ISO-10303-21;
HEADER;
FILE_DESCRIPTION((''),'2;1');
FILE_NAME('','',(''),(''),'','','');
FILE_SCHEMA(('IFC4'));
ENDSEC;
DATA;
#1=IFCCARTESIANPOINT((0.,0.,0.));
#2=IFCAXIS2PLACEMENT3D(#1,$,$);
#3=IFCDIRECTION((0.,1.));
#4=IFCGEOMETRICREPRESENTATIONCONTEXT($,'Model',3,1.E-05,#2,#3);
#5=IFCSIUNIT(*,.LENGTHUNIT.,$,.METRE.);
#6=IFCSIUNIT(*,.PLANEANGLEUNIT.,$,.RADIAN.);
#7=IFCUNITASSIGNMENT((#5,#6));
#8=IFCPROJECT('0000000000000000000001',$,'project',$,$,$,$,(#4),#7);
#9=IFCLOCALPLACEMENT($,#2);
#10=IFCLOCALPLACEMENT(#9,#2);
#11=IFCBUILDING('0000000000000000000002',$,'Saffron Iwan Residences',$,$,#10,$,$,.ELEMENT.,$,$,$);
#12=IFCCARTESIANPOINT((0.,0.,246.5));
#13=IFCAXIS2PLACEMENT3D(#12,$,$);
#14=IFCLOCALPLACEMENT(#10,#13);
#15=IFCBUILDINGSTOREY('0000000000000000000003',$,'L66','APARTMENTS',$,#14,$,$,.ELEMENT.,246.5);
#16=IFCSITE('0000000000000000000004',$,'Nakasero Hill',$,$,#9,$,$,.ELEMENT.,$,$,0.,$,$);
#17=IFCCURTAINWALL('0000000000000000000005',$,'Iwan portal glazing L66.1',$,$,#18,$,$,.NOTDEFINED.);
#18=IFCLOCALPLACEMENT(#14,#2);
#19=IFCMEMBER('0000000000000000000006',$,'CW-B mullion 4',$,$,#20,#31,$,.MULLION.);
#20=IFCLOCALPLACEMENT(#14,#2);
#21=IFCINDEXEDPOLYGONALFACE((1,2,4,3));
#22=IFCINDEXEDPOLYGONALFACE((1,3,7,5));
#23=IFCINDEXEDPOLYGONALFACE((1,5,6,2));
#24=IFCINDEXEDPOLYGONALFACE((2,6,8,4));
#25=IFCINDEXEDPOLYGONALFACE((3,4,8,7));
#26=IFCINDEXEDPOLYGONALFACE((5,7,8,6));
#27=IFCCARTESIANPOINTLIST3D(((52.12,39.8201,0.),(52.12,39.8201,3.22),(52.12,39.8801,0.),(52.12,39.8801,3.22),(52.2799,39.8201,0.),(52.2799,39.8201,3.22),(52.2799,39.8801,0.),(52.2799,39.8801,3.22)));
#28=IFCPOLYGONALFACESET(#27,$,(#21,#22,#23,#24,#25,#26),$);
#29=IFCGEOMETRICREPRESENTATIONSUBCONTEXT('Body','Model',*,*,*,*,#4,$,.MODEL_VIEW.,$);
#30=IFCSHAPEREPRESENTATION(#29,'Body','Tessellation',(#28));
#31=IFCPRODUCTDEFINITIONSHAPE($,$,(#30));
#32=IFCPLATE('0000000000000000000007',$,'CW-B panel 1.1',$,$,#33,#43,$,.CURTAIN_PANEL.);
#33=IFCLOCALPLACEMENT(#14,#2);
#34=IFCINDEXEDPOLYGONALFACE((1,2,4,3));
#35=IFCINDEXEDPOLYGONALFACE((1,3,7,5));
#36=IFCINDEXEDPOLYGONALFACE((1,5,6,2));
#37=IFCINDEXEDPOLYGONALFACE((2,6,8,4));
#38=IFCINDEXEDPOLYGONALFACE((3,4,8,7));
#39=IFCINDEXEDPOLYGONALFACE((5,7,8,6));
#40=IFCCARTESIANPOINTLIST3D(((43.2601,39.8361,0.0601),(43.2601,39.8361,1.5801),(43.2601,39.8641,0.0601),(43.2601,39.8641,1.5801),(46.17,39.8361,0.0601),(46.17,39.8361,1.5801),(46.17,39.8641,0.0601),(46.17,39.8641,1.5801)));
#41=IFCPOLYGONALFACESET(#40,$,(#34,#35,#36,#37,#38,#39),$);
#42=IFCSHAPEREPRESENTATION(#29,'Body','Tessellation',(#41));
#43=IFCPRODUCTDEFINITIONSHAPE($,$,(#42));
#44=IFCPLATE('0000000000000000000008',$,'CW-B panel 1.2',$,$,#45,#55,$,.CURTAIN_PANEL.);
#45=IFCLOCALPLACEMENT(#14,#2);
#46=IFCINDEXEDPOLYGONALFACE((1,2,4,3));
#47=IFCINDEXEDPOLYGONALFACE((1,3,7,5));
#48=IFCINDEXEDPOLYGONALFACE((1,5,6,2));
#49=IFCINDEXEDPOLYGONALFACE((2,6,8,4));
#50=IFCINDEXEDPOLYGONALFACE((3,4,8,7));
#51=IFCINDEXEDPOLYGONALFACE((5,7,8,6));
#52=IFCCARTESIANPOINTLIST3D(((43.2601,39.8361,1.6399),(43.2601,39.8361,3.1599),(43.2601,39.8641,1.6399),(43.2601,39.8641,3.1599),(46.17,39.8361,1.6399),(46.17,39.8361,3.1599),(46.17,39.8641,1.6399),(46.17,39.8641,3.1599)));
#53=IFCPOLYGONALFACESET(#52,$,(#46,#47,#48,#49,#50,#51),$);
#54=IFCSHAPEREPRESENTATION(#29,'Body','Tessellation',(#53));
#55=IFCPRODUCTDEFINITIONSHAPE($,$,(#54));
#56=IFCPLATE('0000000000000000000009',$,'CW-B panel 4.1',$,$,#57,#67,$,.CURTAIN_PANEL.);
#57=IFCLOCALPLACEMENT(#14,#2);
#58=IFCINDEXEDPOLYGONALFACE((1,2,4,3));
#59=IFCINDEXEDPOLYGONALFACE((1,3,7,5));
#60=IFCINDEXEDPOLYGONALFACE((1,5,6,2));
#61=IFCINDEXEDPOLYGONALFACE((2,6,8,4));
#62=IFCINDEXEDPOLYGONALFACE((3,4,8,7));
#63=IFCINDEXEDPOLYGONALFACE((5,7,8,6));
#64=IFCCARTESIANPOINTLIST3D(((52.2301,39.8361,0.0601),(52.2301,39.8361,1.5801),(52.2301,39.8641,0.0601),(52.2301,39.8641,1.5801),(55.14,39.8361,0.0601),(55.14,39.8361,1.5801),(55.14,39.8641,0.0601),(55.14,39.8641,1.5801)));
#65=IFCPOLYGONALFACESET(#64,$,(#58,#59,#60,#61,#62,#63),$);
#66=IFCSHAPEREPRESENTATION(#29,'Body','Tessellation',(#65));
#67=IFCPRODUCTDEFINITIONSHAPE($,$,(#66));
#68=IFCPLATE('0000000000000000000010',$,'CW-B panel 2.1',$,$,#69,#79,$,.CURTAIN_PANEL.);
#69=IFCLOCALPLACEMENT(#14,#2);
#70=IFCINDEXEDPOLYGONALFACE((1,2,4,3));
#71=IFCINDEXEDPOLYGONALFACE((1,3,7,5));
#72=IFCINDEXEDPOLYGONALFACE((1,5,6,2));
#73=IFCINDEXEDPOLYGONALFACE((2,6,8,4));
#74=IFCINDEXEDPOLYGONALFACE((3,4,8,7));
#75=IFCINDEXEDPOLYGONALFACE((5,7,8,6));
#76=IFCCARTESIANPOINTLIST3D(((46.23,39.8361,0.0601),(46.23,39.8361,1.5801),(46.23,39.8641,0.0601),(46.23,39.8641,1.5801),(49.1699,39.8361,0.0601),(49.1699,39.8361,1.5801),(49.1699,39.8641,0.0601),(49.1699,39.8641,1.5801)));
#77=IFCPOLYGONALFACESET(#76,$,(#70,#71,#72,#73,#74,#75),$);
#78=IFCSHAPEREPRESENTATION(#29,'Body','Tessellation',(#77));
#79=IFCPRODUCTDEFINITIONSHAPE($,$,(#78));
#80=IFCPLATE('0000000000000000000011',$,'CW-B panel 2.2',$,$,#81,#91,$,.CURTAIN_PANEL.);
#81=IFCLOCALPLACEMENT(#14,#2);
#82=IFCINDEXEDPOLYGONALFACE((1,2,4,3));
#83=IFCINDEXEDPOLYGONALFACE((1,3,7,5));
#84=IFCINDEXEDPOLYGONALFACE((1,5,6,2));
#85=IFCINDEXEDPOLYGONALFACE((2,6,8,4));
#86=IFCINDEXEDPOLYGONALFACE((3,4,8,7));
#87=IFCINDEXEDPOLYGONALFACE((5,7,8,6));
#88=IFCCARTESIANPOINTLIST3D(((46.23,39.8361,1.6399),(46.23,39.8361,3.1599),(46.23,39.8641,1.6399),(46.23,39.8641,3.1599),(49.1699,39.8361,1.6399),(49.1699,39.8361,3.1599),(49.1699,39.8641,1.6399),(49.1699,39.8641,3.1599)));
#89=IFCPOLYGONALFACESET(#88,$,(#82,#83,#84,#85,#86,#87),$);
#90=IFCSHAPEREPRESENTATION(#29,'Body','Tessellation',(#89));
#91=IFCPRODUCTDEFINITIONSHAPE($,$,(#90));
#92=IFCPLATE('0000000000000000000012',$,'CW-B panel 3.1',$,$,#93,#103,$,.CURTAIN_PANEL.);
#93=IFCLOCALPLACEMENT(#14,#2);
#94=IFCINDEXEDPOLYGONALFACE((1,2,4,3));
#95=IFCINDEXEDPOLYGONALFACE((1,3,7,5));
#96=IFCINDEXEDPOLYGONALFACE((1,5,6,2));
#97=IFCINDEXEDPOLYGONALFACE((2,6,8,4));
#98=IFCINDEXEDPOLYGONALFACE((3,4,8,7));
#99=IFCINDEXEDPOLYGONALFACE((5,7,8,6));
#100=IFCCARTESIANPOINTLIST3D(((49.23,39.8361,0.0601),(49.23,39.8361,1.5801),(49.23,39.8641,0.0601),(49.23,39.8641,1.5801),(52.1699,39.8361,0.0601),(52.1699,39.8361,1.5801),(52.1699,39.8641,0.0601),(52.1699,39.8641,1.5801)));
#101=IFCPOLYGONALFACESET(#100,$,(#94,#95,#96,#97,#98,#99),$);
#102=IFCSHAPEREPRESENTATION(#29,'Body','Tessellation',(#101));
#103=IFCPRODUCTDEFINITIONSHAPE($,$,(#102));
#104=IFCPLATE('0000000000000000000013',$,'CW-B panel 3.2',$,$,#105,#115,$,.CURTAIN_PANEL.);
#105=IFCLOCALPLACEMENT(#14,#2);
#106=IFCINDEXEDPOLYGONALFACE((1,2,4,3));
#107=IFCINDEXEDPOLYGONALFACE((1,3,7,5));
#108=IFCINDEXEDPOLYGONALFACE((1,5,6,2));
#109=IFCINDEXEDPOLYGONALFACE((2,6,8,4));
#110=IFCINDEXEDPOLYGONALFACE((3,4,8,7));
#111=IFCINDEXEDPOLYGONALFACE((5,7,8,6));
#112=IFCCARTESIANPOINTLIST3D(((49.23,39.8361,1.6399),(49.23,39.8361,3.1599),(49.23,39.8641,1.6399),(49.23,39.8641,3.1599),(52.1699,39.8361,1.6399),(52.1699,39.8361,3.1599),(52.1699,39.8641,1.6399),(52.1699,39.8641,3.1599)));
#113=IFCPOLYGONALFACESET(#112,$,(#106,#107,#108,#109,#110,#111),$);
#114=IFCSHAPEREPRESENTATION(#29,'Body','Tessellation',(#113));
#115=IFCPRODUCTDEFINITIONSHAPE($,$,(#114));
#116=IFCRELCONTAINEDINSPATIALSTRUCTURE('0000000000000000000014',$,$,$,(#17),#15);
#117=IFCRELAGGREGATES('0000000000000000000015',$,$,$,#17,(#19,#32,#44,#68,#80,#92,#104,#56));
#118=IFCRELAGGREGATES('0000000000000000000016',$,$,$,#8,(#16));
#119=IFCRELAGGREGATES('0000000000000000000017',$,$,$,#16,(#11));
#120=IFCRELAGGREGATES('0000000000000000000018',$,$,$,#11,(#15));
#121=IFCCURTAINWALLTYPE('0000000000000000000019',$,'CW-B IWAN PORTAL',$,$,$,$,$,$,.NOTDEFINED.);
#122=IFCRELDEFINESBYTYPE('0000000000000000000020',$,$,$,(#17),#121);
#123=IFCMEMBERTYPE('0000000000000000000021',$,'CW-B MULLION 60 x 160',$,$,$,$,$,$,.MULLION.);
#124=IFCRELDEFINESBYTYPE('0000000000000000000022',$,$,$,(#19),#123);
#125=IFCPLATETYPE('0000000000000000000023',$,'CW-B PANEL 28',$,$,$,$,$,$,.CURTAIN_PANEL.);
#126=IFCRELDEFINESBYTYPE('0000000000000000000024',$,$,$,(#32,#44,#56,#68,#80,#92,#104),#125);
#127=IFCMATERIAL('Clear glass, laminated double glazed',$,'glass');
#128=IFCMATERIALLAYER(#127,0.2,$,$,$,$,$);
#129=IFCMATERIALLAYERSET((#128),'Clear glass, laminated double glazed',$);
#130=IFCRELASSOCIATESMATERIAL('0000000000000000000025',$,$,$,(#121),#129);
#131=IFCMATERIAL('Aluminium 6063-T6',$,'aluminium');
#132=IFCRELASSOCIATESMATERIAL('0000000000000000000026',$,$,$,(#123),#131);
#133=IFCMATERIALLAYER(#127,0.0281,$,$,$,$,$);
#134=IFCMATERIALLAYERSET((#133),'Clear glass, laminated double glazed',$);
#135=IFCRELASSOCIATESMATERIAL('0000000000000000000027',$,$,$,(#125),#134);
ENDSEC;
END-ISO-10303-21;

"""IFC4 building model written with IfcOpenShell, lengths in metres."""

from ifc_helpers import new_model, si_unit, direction, frame, origin, origin_2d, place, context, subcontext, project, spatial, rectangle, extrude, source, transform, mapped, material, layer, layer_set, material_profile, profile_set, type_object, element, aggregate, save


model = new_model("IFC4")

# Units and contexts
model_context = context("Model", 3, precision=1e-05, world=origin(), true_north=direction((0.0, 1.0)))
body_context = subcontext(model_context, "Body", "Model", "MODEL_VIEW")
ifc_project = project(units=[si_unit("LENGTHUNIT", "METRE"), si_unit("PLANEANGLEUNIT", "RADIAN")], contexts=[model_context])

# Site, building, storey
site_placement = place(None, origin())
site = spatial("IfcSite", under=ifc_project, at=site_placement, Name="Nakasero Hill", CompositionType="ELEMENT", RefElevation=0.0)
building_placement = place(site_placement, origin())
building = spatial("IfcBuilding", under=site, at=building_placement, Name="Saffron Iwan Residences", CompositionType="ELEMENT")
storey_placement = place(building_placement, frame((0.0, 0.0, 246.5)))
storey = spatial("IfcBuildingStorey", under=building, at=storey_placement, Name="L66", Description="APARTMENTS", CompositionType="ELEMENT", Elevation=246.5)

# Curtain wall, member, plates
ifc_material_1 = material(Name="Clear glass, laminated double glazed", Category="glass")
ifc_layer_1 = layer(ifc_material_1, 0.2)
ifc_layer_set_1 = layer_set([ifc_layer_1], Name="Clear glass, laminated double glazed")
curtain_wall_type = type_object("IfcCurtainWallType", Name="CW-B IWAN PORTAL", PredefinedType="NOTDEFINED", material=ifc_layer_set_1)
curtain_wall_placement = place(storey_placement, origin())
curtain_wall = element("IfcCurtainWall", 1, at=curtain_wall_placement, inside=storey, type_object=curtain_wall_type, Name="Iwan portal glazing L66.1", PredefinedType="NOTDEFINED")
ifc_material_2 = material(Name="Aluminium 6063-T6", Category="aluminium")
ifc_material_profile_1 = material_profile(ifc_material_2, rectangle(XDim=0.0601, YDim=0.1599, at=origin_2d()), Name="CW-B MULLION 60 x 160")
ifc_profile_set_1 = profile_set([ifc_material_profile_1], Name="Aluminium 6063-T6")
member_type_1 = type_object("IfcMemberType", Name="CW-B MULLION 60 x 160", PredefinedType="MULLION", material=ifc_profile_set_1)
shared_shape_1 = source(origin(), body_context, "Body", "SweptSolid", [
    extrude(rectangle(XDim=0.0601, YDim=0.1599, at=origin_2d()), origin(), (0.0, 0.0, 1.0), 3.22),
])
member_1_placement = place(storey_placement, frame((52.2, 39.8501, 0.0), z_axis=(0.0, 0.0, 1.0), x_axis=(0.0, 1.0, 0.0)))
member_1 = element("IfcMember", 2, at=member_1_placement, type_object=member_type_1, Name="CW-B mullion 4", PredefinedType="MULLION", context=body_context, shape_type="MappedRepresentation", body=[
    mapped(shared_shape_1, transform((0.0, 0.0, 0.0))),
])
ifc_layer_2 = layer(ifc_material_1, 0.0281)
ifc_layer_set_2 = layer_set([ifc_layer_2], Name="Clear glass, laminated double glazed")
plate_type = type_object("IfcPlateType", Name="CW-B PANEL 28", PredefinedType="CURTAIN_PANEL", material=ifc_layer_set_2)
shared_shape_2 = source(origin(), body_context, "Body", "SweptSolid", [
    extrude(rectangle(XDim=2.9099, YDim=0.0281, at=origin_2d()), origin(), (0.0, 0.0, 1.0), 1.52),
])
plate_1_placement = place(storey_placement, frame((44.7151, 39.8501, 0.0601), z_axis=(0.0, 0.0, 1.0), x_axis=(1.0, 0.0, 0.0)))
plate_1 = element("IfcPlate", 3, at=plate_1_placement, type_object=plate_type, Name="CW-B panel 1.1", PredefinedType="CURTAIN_PANEL", context=body_context, shape_type="MappedRepresentation", body=[
    mapped(shared_shape_2, transform((0.0, 0.0, 0.0))),
])
plate_2_placement = place(storey_placement, frame((44.7151, 39.8501, 1.6399), z_axis=(0.0, 0.0, 1.0), x_axis=(1.0, 0.0, 0.0)))
plate_2 = element("IfcPlate", 4, at=plate_2_placement, type_object=plate_type, Name="CW-B panel 1.2", PredefinedType="CURTAIN_PANEL", context=body_context, shape_type="MappedRepresentation", body=[
    mapped(shared_shape_2, transform((0.0, 0.0, 0.0))),
])
plate_3_placement = place(storey_placement, frame((53.6851, 39.8501, 0.0601), z_axis=(0.0, 0.0, 1.0), x_axis=(1.0, 0.0, 0.0)))
plate_3 = element("IfcPlate", 5, at=plate_3_placement, type_object=plate_type, Name="CW-B panel 4.1", PredefinedType="CURTAIN_PANEL", context=body_context, shape_type="MappedRepresentation", body=[
    mapped(shared_shape_2, transform((0.0, 0.0, 0.0))),
])
shared_shape_3 = source(origin(), body_context, "Body", "SweptSolid", [
    extrude(rectangle(XDim=2.9399, YDim=0.0281, at=origin_2d()), origin(), (0.0, 0.0, 1.0), 1.52),
])
plate_4_placement = place(storey_placement, frame((47.7, 39.8501, 0.0601), z_axis=(0.0, 0.0, 1.0), x_axis=(1.0, 0.0, 0.0)))
plate_4 = element("IfcPlate", 6, at=plate_4_placement, type_object=plate_type, Name="CW-B panel 2.1", PredefinedType="CURTAIN_PANEL", context=body_context, shape_type="MappedRepresentation", body=[
    mapped(shared_shape_3, transform((0.0, 0.0, 0.0))),
])
plate_5_placement = place(storey_placement, frame((47.7, 39.8501, 1.6399), z_axis=(0.0, 0.0, 1.0), x_axis=(1.0, 0.0, 0.0)))
plate_5 = element("IfcPlate", 7, at=plate_5_placement, type_object=plate_type, Name="CW-B panel 2.2", PredefinedType="CURTAIN_PANEL", context=body_context, shape_type="MappedRepresentation", body=[
    mapped(shared_shape_3, transform((0.0, 0.0, 0.0))),
])
plate_6_placement = place(storey_placement, frame((50.7, 39.8501, 0.0601), z_axis=(0.0, 0.0, 1.0), x_axis=(1.0, 0.0, 0.0)))
plate_6 = element("IfcPlate", 8, at=plate_6_placement, type_object=plate_type, Name="CW-B panel 3.1", PredefinedType="CURTAIN_PANEL", context=body_context, shape_type="MappedRepresentation", body=[
    mapped(shared_shape_3, transform((0.0, 0.0, 0.0))),
])
plate_7_placement = place(storey_placement, frame((50.7, 39.8501, 1.6399), z_axis=(0.0, 0.0, 1.0), x_axis=(1.0, 0.0, 0.0)))
plate_7 = element("IfcPlate", 9, at=plate_7_placement, type_object=plate_type, Name="CW-B panel 3.2", PredefinedType="CURTAIN_PANEL", context=body_context, shape_type="MappedRepresentation", body=[
    mapped(shared_shape_3, transform((0.0, 0.0, 0.0))),
])
aggregate(curtain_wall, [member_1, plate_1, plate_2, plate_4, plate_5, plate_6, plate_7, plate_3])

save(model, "model.ifc")
